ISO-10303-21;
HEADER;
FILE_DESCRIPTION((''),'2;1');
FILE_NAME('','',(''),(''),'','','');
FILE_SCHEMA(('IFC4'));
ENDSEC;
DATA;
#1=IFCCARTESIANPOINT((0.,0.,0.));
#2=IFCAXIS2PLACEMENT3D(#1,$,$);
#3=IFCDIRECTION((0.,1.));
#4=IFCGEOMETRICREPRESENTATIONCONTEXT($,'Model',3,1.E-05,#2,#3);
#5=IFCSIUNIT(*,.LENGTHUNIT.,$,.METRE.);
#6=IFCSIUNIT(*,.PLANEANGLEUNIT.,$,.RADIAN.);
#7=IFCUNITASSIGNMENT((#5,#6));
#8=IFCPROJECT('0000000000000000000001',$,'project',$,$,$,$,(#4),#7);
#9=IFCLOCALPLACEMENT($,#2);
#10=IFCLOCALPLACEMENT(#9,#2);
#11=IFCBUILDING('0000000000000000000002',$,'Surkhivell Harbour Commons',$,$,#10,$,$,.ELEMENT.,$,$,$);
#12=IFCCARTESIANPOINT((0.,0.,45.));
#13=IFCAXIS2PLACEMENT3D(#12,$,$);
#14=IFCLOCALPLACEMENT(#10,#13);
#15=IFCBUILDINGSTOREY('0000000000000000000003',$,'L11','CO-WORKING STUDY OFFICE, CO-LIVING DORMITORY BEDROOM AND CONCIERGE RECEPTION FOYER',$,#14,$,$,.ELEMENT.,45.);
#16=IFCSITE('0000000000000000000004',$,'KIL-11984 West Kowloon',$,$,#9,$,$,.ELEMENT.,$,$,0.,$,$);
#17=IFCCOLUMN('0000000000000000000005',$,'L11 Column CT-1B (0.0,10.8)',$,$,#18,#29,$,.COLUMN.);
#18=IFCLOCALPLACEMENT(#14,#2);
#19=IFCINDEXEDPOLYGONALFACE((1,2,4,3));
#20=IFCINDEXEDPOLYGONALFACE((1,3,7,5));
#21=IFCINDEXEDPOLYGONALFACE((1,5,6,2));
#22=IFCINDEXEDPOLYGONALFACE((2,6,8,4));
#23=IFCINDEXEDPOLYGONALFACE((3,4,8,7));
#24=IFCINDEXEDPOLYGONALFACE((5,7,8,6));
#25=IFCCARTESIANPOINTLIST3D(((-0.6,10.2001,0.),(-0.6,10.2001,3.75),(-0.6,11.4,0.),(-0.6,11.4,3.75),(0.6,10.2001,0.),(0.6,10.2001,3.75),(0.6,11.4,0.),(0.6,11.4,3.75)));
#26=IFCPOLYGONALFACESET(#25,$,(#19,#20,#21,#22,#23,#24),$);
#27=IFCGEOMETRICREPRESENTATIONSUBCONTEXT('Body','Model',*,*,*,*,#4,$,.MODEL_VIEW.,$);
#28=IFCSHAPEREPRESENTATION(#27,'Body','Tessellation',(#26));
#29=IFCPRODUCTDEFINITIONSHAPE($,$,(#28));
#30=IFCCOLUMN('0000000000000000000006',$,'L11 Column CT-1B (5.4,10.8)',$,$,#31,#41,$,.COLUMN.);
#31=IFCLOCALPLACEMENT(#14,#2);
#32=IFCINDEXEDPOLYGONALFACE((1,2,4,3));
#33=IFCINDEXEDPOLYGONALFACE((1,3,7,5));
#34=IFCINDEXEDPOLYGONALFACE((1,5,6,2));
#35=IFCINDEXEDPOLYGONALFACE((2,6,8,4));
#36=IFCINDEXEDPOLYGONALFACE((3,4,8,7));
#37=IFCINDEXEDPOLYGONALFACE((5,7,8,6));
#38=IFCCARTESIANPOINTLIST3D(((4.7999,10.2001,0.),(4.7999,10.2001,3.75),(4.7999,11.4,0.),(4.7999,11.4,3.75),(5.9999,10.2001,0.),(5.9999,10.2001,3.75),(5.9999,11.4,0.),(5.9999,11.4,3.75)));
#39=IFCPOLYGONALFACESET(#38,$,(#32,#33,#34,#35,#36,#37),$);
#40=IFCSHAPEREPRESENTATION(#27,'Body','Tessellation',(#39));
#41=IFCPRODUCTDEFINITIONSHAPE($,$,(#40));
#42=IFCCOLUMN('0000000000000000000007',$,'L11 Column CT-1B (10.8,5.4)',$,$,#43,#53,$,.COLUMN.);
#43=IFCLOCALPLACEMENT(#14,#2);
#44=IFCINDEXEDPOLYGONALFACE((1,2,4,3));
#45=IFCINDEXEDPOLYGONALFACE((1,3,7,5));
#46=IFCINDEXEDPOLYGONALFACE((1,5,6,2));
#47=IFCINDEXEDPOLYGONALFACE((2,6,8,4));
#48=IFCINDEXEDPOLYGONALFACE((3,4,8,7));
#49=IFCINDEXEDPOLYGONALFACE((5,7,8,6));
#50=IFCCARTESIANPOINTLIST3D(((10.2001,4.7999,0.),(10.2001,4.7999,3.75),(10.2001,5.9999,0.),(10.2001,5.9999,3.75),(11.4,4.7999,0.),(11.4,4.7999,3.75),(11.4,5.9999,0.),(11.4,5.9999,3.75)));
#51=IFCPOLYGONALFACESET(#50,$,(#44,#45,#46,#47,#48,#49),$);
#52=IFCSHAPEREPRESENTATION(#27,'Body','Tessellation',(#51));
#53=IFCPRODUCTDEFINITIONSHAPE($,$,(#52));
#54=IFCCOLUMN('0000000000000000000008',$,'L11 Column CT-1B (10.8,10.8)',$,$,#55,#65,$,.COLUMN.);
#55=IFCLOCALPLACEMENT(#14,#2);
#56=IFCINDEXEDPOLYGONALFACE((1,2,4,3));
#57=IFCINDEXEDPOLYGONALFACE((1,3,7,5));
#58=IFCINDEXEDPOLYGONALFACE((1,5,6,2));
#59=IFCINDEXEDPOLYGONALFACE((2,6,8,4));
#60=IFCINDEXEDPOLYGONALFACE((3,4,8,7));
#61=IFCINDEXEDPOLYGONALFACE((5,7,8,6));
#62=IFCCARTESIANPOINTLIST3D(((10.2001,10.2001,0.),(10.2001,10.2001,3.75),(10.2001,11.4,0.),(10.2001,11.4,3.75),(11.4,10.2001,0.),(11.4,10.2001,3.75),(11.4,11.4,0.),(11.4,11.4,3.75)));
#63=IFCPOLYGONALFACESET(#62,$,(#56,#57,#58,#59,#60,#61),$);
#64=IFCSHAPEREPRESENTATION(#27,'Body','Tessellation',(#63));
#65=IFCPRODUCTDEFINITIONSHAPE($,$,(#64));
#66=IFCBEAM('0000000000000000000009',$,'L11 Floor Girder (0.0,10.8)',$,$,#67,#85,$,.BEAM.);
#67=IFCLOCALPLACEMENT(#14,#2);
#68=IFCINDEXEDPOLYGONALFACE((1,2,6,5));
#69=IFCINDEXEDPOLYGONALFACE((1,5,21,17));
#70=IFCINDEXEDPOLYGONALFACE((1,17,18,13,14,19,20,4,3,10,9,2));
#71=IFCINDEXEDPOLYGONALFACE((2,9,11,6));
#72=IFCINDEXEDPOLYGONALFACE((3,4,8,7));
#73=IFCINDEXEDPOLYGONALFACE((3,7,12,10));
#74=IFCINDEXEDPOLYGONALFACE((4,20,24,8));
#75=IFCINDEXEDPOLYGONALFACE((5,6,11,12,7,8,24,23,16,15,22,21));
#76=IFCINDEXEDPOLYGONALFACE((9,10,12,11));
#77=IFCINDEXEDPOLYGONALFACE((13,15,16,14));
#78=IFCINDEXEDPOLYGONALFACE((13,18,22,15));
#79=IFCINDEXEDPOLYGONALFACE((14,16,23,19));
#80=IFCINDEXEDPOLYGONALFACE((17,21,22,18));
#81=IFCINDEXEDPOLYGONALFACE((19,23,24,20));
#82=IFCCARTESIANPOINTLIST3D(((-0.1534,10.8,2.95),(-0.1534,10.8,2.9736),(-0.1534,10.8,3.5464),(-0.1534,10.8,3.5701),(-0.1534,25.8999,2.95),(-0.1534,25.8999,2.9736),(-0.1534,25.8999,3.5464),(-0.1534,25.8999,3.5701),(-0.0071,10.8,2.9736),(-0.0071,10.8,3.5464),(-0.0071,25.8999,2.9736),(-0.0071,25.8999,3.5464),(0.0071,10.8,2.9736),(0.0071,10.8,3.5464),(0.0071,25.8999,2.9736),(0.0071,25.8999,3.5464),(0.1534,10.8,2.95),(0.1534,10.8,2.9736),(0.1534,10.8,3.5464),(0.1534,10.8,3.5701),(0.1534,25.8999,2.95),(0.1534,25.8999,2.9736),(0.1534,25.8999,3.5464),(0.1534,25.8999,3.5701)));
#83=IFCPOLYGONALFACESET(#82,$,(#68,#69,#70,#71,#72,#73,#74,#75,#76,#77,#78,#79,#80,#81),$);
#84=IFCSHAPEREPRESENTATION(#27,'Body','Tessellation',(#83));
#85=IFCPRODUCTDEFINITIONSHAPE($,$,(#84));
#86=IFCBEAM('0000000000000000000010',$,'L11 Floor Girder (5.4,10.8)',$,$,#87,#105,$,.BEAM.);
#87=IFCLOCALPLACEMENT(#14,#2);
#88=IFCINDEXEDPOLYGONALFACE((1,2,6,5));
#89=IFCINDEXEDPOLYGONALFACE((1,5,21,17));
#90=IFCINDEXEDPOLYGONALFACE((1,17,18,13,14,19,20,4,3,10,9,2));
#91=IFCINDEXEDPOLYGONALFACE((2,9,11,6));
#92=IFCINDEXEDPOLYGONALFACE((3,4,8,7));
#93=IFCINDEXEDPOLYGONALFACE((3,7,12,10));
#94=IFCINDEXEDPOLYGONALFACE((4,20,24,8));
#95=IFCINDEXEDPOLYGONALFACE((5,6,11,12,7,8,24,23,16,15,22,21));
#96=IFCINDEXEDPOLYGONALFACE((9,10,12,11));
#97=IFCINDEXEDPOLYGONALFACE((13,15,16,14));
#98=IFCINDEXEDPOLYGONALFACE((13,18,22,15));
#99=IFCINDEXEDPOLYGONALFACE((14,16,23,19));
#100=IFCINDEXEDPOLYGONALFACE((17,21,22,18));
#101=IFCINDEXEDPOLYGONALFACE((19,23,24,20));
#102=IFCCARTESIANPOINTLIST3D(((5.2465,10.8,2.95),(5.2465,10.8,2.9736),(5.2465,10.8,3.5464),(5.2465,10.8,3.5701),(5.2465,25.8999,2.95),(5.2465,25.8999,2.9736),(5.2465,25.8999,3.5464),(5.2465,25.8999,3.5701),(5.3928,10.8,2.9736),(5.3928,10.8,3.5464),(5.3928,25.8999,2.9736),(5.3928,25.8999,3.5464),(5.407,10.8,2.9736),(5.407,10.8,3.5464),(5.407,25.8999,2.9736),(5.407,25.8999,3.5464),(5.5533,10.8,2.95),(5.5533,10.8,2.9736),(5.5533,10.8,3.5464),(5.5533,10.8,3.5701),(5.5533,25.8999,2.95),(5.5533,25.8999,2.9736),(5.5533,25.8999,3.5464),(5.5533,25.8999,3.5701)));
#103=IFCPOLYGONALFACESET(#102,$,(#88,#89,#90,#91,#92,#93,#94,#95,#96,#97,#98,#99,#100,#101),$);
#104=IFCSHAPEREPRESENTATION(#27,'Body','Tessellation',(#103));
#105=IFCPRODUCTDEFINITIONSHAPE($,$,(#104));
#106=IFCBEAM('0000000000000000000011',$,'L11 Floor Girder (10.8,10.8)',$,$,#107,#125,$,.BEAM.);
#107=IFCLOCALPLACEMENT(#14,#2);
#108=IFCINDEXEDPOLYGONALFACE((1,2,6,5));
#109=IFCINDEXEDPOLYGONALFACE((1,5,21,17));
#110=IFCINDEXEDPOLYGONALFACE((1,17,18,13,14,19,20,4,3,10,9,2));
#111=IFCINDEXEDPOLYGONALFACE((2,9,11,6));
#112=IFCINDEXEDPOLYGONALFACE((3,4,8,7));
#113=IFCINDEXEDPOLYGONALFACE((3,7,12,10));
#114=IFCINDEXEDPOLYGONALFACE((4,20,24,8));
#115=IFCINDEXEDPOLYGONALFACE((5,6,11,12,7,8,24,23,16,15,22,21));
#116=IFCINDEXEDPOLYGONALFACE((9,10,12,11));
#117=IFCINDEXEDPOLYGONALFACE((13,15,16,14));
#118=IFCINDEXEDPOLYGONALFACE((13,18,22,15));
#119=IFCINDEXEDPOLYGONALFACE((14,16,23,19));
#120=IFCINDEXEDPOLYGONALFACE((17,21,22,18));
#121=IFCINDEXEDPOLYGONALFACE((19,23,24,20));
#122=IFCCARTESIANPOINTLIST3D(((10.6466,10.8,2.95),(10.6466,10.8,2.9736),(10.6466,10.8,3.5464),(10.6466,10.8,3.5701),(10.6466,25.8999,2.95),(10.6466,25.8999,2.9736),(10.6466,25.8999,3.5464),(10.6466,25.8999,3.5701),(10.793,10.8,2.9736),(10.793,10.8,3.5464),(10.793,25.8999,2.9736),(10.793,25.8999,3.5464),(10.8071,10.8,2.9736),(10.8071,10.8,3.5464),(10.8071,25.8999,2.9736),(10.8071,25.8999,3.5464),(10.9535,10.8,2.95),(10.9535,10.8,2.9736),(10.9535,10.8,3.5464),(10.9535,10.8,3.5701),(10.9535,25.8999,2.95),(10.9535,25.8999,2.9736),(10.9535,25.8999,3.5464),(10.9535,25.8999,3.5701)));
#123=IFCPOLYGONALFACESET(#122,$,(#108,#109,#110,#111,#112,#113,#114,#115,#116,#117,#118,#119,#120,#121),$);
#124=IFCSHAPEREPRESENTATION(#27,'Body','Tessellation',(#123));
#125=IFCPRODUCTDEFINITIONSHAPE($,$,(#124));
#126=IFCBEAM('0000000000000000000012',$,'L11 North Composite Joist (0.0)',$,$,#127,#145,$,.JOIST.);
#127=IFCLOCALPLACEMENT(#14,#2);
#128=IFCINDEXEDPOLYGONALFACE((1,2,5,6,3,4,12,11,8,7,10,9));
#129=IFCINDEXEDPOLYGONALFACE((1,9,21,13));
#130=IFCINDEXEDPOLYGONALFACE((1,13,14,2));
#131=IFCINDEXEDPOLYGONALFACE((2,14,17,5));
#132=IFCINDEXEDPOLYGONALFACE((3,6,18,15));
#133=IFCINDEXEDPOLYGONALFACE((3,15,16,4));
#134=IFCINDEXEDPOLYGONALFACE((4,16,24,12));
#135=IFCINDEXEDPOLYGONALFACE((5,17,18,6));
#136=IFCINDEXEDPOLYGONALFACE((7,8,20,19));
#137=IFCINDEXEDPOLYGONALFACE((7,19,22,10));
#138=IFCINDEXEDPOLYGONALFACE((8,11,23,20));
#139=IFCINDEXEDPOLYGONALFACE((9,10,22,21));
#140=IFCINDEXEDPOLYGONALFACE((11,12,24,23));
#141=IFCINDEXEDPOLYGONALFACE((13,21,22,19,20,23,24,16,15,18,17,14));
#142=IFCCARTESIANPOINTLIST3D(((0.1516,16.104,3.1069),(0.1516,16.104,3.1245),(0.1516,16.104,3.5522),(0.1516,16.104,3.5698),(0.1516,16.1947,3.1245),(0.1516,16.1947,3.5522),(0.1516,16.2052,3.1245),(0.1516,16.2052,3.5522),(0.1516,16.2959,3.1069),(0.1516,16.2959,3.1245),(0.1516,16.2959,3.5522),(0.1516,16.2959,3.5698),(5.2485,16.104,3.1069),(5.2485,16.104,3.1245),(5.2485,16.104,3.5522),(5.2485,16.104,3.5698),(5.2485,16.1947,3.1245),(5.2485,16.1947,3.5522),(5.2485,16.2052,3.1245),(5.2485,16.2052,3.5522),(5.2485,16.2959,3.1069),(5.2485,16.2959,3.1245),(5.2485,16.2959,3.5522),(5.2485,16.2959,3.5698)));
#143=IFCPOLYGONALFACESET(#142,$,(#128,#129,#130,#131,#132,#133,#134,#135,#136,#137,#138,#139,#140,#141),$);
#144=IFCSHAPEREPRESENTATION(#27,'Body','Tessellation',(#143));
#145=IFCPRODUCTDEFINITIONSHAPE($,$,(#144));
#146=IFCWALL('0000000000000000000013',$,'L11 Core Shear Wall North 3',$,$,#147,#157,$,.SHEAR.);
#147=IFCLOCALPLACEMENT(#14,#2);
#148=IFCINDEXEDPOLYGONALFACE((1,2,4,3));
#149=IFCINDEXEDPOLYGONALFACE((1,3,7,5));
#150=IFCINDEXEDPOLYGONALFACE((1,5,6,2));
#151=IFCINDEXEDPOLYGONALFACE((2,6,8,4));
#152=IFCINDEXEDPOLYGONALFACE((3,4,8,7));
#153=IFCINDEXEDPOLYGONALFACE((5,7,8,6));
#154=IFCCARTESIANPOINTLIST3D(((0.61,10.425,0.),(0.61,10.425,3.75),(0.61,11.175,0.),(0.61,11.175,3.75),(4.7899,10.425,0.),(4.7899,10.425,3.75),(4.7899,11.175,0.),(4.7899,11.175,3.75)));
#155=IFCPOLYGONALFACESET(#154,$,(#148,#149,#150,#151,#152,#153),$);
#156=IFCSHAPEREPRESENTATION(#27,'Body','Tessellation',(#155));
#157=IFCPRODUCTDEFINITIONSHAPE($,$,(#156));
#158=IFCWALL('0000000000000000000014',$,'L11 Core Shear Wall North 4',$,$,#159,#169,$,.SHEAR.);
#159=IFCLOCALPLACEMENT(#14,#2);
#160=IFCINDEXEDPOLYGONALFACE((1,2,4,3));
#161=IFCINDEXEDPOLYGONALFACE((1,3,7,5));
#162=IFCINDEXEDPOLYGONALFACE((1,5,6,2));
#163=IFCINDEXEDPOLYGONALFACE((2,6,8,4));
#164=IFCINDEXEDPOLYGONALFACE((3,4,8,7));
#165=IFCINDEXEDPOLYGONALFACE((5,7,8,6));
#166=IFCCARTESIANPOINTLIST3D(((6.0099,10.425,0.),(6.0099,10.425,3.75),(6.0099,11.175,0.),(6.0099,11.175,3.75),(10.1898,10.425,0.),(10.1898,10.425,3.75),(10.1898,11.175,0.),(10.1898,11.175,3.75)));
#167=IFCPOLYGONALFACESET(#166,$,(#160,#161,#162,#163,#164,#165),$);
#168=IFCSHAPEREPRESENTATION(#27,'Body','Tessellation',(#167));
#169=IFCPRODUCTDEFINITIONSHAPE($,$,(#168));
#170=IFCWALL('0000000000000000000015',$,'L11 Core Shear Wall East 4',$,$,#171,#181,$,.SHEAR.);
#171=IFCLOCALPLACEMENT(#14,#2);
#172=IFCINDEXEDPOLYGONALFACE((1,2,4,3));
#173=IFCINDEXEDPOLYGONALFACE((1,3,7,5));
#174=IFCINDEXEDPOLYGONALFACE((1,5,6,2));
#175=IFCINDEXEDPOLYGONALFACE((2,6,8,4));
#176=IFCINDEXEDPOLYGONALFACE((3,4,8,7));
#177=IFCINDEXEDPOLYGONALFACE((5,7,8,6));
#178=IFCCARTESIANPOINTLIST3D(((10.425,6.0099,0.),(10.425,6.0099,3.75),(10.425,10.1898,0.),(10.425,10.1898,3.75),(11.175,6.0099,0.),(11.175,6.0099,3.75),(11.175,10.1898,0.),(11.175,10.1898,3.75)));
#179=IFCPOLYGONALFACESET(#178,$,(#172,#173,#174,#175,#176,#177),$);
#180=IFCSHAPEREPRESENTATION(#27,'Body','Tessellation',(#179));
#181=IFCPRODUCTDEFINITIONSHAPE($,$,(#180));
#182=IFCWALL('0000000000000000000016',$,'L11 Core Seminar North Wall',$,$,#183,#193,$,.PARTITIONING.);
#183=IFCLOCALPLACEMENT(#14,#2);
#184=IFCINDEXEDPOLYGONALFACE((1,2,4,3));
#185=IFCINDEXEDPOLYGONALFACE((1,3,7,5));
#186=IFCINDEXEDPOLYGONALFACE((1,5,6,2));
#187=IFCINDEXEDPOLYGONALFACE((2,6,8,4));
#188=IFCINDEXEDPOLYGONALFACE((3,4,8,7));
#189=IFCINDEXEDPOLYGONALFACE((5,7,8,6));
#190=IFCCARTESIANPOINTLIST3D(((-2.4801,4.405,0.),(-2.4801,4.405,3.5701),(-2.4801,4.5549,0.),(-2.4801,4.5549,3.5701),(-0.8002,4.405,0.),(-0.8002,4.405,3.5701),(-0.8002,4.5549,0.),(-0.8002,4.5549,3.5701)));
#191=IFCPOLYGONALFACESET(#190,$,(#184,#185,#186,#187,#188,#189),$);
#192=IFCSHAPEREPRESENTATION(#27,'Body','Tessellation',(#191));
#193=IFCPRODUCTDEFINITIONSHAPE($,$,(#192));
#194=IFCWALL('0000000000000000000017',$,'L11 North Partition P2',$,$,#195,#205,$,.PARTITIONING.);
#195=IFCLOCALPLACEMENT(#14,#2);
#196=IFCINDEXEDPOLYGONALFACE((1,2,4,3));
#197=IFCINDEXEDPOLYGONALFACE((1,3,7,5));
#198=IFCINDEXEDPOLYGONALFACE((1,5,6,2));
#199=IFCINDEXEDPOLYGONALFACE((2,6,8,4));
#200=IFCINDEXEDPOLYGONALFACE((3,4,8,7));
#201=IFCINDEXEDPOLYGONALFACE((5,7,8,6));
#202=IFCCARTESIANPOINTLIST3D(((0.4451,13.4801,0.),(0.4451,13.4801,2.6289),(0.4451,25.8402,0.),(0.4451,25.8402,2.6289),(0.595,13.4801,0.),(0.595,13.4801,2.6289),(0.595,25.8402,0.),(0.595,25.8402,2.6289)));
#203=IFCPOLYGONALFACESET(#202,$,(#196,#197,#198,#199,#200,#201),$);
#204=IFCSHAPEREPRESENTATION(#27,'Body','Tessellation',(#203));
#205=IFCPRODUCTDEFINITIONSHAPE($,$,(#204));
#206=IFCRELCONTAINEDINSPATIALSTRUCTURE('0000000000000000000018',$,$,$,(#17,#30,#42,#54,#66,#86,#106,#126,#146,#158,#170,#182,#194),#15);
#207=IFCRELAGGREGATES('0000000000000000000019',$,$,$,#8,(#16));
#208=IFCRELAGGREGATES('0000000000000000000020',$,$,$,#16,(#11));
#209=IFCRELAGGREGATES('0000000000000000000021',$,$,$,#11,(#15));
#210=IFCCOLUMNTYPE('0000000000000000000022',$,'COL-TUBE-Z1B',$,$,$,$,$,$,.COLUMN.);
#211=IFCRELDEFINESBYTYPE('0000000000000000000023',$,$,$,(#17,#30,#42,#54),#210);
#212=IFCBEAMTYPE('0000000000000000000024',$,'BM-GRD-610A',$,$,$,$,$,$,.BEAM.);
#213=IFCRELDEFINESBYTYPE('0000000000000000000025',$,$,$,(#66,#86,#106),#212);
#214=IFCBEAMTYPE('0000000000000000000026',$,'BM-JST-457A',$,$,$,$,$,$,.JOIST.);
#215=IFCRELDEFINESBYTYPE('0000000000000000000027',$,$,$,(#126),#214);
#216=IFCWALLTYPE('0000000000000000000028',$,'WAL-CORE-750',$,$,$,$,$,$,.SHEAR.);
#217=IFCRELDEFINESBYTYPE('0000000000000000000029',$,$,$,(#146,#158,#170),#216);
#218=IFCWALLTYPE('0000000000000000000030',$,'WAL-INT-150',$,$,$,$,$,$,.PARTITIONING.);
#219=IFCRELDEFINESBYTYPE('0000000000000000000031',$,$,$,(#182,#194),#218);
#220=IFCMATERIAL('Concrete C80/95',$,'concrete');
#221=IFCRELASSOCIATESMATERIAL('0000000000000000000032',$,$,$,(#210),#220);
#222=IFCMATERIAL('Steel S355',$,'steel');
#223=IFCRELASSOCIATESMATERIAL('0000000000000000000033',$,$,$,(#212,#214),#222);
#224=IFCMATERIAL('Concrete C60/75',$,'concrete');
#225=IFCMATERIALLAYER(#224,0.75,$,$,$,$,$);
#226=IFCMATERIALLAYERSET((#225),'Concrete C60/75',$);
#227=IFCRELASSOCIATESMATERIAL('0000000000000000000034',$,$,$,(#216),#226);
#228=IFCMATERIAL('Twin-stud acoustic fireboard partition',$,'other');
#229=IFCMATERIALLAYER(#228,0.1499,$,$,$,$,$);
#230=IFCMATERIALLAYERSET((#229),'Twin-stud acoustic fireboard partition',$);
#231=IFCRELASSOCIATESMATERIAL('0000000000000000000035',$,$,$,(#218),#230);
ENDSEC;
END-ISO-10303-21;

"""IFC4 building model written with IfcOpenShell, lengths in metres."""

from ifc_helpers import new_model, si_unit, direction, frame, frame_2d, origin, origin_2d, place, context, subcontext, project, spatial, rectangle, i_section, extrude, material, layer, layer_set, material_profile, profile_set, type_object, element, save


model = new_model("IFC4")

# Units and contexts
model_context = context("Model", 3, precision=1e-05, world=origin(), true_north=direction((0.0, 1.0)))
body_context = subcontext(model_context, "Body", "Model", "MODEL_VIEW")
ifc_project = project(units=[si_unit("LENGTHUNIT", "METRE"), si_unit("PLANEANGLEUNIT", "RADIAN")], contexts=[model_context])

# Site, building, storey
site_placement = place(None, origin())
site = spatial("IfcSite", under=ifc_project, at=site_placement, Name="KIL-11984 West Kowloon", CompositionType="ELEMENT", RefElevation=0.0)
building_placement = place(site_placement, origin())
building = spatial("IfcBuilding", under=site, at=building_placement, Name="Surkhivell Harbour Commons", CompositionType="ELEMENT")
storey_placement = place(building_placement, frame((0.0, 0.0, 45.0)))
storey = spatial("IfcBuildingStorey", under=building, at=storey_placement, Name="L11", Description="CO-WORKING STUDY OFFICE, CO-LIVING DORMITORY BEDROOM AND CONCIERGE RECEPTION FOYER", CompositionType="ELEMENT", Elevation=45.0)

# Columns
ifc_material_1 = material(Name="Concrete C80/95", Category="concrete")
ifc_material_profile_1 = material_profile(ifc_material_1, rectangle(XDim=1.2, YDim=1.2, at=origin_2d()), Name="RC-COL-1200x1200")
ifc_profile_set_1 = profile_set([ifc_material_profile_1], Name="Concrete C80/95")
column_type = type_object("IfcColumnType", Name="COL-TUBE-Z1B", PredefinedType="COLUMN", material=ifc_profile_set_1)
for number, where, z_axis, x_axis, name in (
    (1, (0.0, 10.8, 0.0), (0.0, 0.0, 1.0), (1.0, 0.0, 0.0), "L11 Column CT-1B (0.0,10.8)"),
    (2, (5.3999, 10.8, 0.0), (0.0, 0.0, 1.0), (1.0, 0.0, 0.0), "L11 Column CT-1B (5.4,10.8)"),
    (3, (10.8, 5.3999, 0.0), (0.0, 0.0, 1.0), (1.0, 0.0, 0.0), "L11 Column CT-1B (10.8,5.4)"),
    (4, (10.8, 10.8, 0.0), (0.0, 0.0, 1.0), (1.0, 0.0, 0.0), "L11 Column CT-1B (10.8,10.8)"),
):
    element("IfcColumn", number, at=place(storey_placement, frame(where, z_axis=z_axis, x_axis=x_axis)), inside=storey, type_object=column_type, Name=name, PredefinedType="COLUMN", context=body_context, shape_type="SweptSolid", body=[
        extrude(rectangle(XDim=1.2, YDim=1.2, at=origin_2d()), origin(), (0.0, 0.0, 1.0), 3.75),
    ])

# Beams
ifc_material_2 = material(Name="Steel S355", Category="steel")
ifc_material_profile_2 = material_profile(ifc_material_2, i_section(OverallWidth=0.3069, OverallDepth=0.6201, WebThickness=0.0142, FlangeThickness=0.0237, at=origin_2d()), Name="UB610x305x179")
ifc_profile_set_2 = profile_set([ifc_material_profile_2], Name="Steel S355")
beam_type_1 = type_object("IfcBeamType", Name="BM-GRD-610A", PredefinedType="BEAM", material=ifc_profile_set_2)
for number, where, z_axis, x_axis, name in (
    (5, (0.0, 10.8, 3.26), (0.0, 1.0, 0.0), (-1.0, 0.0, 0.0), "L11 Floor Girder (0.0,10.8)"),
    (6, (5.3999, 10.8, 3.26), (0.0, 1.0, 0.0), (-1.0, 0.0, 0.0), "L11 Floor Girder (5.4,10.8)"),
    (7, (10.8, 10.8, 3.26), (0.0, 1.0, 0.0), (-1.0, 0.0, 0.0), "L11 Floor Girder (10.8,10.8)"),
):
    element("IfcBeam", number, at=place(storey_placement, frame(where, z_axis=z_axis, x_axis=x_axis)), inside=storey, type_object=beam_type_1, Name=name, PredefinedType="BEAM", context=body_context, shape_type="SweptSolid", body=[
        extrude(i_section(OverallWidth=0.3069, OverallDepth=0.6201, WebThickness=0.0142, FlangeThickness=0.0237, at=origin_2d()), origin(), (0.0, 0.0, 1.0), 15.0999),
    ])
ifc_material_profile_3 = material_profile(ifc_material_2, i_section(OverallWidth=0.1919, OverallDepth=0.4629, WebThickness=0.0105, FlangeThickness=0.0176, at=origin_2d()), Name="UB457x191x89")
ifc_profile_set_3 = profile_set([ifc_material_profile_3], Name="Steel S355")
beam_type_2 = type_object("IfcBeamType", Name="BM-JST-457A", PredefinedType="JOIST", material=ifc_profile_set_3)
beam_placement = place(storey_placement, frame((0.1516, 16.2, 3.3384), z_axis=(1.0, 0.0, 0.0), x_axis=(0.0, 1.0, 0.0)))
element("IfcBeam", 8, at=beam_placement, inside=storey, type_object=beam_type_2, Name="L11 North Composite Joist (0.0)", PredefinedType="JOIST", context=body_context, shape_type="SweptSolid", body=[
    extrude(i_section(OverallWidth=0.1919, OverallDepth=0.4629, WebThickness=0.0105, FlangeThickness=0.0176, at=origin_2d()), origin(), (0.0, 0.0, 1.0), 5.0969),
])

# Walls
ifc_material_3 = material(Name="Concrete C60/75", Category="concrete")
ifc_layer_1 = layer(ifc_material_3, 0.75)
ifc_layer_set_1 = layer_set([ifc_layer_1], Name="Concrete C60/75")
wall_type_1 = type_object("IfcWallType", Name="WAL-CORE-750", PredefinedType="SHEAR", material=ifc_layer_set_1)
for number, where, z_axis, x_axis, name in (
    (9, (0.6101, 10.8, 0.0), (0.0, 0.0, 1.0), (1.0, 0.0, 0.0), "L11 Core Shear Wall North 3"),
    (10, (6.01, 10.8, 0.0), (0.0, 0.0, 1.0), (1.0, 0.0, 0.0), "L11 Core Shear Wall North 4"),
    (11, (10.8, 6.01, 0.0), (0.0, 0.0, 1.0), (0.0, 1.0, 0.0), "L11 Core Shear Wall East 4"),
):
    element("IfcWall", number, at=place(storey_placement, frame(where, z_axis=z_axis, x_axis=x_axis)), inside=storey, type_object=wall_type_1, Name=name, PredefinedType="SHEAR", context=body_context, shape_type="SweptSolid", body=[
        extrude(rectangle(XDim=4.1799, YDim=0.75, at=frame_2d((2.0898, 0.0))), origin(), (0.0, 0.0, 1.0), 3.75),
    ])
ifc_material_4 = material(Name="Twin-stud acoustic fireboard partition", Category="other")
ifc_layer_2 = layer(ifc_material_4, 0.1499)
ifc_layer_set_2 = layer_set([ifc_layer_2], Name="Twin-stud acoustic fireboard partition")
wall_type_2 = type_object("IfcWallType", Name="WAL-INT-150", PredefinedType="PARTITIONING", material=ifc_layer_set_2)
wall_1_placement = place(storey_placement, frame((-2.48, 4.48, 0.0), z_axis=(0.0, 0.0, 1.0), x_axis=(1.0, 0.0, 0.0)))
element("IfcWall", 12, at=wall_1_placement, inside=storey, type_object=wall_type_2, Name="L11 Core Seminar North Wall", PredefinedType="PARTITIONING", context=body_context, shape_type="SweptSolid", body=[
    extrude(rectangle(XDim=1.6799, YDim=0.1499, at=frame_2d((0.8398, 0.0))), origin(), (0.0, 0.0, 1.0), 3.5701),
])
wall_2_placement = place(storey_placement, frame((0.52, 13.48, 0.0), z_axis=(0.0, 0.0, 1.0), x_axis=(0.0, 1.0, 0.0)))
element("IfcWall", 13, at=wall_2_placement, inside=storey, type_object=wall_type_2, Name="L11 North Partition P2", PredefinedType="PARTITIONING", context=body_context, shape_type="SweptSolid", body=[
    extrude(rectangle(XDim=12.3601, YDim=0.1499, at=frame_2d((6.1802, 0.0))), origin(), (0.0, 0.0, 1.0), 2.6289),
])

save(model, "model.ifc")
